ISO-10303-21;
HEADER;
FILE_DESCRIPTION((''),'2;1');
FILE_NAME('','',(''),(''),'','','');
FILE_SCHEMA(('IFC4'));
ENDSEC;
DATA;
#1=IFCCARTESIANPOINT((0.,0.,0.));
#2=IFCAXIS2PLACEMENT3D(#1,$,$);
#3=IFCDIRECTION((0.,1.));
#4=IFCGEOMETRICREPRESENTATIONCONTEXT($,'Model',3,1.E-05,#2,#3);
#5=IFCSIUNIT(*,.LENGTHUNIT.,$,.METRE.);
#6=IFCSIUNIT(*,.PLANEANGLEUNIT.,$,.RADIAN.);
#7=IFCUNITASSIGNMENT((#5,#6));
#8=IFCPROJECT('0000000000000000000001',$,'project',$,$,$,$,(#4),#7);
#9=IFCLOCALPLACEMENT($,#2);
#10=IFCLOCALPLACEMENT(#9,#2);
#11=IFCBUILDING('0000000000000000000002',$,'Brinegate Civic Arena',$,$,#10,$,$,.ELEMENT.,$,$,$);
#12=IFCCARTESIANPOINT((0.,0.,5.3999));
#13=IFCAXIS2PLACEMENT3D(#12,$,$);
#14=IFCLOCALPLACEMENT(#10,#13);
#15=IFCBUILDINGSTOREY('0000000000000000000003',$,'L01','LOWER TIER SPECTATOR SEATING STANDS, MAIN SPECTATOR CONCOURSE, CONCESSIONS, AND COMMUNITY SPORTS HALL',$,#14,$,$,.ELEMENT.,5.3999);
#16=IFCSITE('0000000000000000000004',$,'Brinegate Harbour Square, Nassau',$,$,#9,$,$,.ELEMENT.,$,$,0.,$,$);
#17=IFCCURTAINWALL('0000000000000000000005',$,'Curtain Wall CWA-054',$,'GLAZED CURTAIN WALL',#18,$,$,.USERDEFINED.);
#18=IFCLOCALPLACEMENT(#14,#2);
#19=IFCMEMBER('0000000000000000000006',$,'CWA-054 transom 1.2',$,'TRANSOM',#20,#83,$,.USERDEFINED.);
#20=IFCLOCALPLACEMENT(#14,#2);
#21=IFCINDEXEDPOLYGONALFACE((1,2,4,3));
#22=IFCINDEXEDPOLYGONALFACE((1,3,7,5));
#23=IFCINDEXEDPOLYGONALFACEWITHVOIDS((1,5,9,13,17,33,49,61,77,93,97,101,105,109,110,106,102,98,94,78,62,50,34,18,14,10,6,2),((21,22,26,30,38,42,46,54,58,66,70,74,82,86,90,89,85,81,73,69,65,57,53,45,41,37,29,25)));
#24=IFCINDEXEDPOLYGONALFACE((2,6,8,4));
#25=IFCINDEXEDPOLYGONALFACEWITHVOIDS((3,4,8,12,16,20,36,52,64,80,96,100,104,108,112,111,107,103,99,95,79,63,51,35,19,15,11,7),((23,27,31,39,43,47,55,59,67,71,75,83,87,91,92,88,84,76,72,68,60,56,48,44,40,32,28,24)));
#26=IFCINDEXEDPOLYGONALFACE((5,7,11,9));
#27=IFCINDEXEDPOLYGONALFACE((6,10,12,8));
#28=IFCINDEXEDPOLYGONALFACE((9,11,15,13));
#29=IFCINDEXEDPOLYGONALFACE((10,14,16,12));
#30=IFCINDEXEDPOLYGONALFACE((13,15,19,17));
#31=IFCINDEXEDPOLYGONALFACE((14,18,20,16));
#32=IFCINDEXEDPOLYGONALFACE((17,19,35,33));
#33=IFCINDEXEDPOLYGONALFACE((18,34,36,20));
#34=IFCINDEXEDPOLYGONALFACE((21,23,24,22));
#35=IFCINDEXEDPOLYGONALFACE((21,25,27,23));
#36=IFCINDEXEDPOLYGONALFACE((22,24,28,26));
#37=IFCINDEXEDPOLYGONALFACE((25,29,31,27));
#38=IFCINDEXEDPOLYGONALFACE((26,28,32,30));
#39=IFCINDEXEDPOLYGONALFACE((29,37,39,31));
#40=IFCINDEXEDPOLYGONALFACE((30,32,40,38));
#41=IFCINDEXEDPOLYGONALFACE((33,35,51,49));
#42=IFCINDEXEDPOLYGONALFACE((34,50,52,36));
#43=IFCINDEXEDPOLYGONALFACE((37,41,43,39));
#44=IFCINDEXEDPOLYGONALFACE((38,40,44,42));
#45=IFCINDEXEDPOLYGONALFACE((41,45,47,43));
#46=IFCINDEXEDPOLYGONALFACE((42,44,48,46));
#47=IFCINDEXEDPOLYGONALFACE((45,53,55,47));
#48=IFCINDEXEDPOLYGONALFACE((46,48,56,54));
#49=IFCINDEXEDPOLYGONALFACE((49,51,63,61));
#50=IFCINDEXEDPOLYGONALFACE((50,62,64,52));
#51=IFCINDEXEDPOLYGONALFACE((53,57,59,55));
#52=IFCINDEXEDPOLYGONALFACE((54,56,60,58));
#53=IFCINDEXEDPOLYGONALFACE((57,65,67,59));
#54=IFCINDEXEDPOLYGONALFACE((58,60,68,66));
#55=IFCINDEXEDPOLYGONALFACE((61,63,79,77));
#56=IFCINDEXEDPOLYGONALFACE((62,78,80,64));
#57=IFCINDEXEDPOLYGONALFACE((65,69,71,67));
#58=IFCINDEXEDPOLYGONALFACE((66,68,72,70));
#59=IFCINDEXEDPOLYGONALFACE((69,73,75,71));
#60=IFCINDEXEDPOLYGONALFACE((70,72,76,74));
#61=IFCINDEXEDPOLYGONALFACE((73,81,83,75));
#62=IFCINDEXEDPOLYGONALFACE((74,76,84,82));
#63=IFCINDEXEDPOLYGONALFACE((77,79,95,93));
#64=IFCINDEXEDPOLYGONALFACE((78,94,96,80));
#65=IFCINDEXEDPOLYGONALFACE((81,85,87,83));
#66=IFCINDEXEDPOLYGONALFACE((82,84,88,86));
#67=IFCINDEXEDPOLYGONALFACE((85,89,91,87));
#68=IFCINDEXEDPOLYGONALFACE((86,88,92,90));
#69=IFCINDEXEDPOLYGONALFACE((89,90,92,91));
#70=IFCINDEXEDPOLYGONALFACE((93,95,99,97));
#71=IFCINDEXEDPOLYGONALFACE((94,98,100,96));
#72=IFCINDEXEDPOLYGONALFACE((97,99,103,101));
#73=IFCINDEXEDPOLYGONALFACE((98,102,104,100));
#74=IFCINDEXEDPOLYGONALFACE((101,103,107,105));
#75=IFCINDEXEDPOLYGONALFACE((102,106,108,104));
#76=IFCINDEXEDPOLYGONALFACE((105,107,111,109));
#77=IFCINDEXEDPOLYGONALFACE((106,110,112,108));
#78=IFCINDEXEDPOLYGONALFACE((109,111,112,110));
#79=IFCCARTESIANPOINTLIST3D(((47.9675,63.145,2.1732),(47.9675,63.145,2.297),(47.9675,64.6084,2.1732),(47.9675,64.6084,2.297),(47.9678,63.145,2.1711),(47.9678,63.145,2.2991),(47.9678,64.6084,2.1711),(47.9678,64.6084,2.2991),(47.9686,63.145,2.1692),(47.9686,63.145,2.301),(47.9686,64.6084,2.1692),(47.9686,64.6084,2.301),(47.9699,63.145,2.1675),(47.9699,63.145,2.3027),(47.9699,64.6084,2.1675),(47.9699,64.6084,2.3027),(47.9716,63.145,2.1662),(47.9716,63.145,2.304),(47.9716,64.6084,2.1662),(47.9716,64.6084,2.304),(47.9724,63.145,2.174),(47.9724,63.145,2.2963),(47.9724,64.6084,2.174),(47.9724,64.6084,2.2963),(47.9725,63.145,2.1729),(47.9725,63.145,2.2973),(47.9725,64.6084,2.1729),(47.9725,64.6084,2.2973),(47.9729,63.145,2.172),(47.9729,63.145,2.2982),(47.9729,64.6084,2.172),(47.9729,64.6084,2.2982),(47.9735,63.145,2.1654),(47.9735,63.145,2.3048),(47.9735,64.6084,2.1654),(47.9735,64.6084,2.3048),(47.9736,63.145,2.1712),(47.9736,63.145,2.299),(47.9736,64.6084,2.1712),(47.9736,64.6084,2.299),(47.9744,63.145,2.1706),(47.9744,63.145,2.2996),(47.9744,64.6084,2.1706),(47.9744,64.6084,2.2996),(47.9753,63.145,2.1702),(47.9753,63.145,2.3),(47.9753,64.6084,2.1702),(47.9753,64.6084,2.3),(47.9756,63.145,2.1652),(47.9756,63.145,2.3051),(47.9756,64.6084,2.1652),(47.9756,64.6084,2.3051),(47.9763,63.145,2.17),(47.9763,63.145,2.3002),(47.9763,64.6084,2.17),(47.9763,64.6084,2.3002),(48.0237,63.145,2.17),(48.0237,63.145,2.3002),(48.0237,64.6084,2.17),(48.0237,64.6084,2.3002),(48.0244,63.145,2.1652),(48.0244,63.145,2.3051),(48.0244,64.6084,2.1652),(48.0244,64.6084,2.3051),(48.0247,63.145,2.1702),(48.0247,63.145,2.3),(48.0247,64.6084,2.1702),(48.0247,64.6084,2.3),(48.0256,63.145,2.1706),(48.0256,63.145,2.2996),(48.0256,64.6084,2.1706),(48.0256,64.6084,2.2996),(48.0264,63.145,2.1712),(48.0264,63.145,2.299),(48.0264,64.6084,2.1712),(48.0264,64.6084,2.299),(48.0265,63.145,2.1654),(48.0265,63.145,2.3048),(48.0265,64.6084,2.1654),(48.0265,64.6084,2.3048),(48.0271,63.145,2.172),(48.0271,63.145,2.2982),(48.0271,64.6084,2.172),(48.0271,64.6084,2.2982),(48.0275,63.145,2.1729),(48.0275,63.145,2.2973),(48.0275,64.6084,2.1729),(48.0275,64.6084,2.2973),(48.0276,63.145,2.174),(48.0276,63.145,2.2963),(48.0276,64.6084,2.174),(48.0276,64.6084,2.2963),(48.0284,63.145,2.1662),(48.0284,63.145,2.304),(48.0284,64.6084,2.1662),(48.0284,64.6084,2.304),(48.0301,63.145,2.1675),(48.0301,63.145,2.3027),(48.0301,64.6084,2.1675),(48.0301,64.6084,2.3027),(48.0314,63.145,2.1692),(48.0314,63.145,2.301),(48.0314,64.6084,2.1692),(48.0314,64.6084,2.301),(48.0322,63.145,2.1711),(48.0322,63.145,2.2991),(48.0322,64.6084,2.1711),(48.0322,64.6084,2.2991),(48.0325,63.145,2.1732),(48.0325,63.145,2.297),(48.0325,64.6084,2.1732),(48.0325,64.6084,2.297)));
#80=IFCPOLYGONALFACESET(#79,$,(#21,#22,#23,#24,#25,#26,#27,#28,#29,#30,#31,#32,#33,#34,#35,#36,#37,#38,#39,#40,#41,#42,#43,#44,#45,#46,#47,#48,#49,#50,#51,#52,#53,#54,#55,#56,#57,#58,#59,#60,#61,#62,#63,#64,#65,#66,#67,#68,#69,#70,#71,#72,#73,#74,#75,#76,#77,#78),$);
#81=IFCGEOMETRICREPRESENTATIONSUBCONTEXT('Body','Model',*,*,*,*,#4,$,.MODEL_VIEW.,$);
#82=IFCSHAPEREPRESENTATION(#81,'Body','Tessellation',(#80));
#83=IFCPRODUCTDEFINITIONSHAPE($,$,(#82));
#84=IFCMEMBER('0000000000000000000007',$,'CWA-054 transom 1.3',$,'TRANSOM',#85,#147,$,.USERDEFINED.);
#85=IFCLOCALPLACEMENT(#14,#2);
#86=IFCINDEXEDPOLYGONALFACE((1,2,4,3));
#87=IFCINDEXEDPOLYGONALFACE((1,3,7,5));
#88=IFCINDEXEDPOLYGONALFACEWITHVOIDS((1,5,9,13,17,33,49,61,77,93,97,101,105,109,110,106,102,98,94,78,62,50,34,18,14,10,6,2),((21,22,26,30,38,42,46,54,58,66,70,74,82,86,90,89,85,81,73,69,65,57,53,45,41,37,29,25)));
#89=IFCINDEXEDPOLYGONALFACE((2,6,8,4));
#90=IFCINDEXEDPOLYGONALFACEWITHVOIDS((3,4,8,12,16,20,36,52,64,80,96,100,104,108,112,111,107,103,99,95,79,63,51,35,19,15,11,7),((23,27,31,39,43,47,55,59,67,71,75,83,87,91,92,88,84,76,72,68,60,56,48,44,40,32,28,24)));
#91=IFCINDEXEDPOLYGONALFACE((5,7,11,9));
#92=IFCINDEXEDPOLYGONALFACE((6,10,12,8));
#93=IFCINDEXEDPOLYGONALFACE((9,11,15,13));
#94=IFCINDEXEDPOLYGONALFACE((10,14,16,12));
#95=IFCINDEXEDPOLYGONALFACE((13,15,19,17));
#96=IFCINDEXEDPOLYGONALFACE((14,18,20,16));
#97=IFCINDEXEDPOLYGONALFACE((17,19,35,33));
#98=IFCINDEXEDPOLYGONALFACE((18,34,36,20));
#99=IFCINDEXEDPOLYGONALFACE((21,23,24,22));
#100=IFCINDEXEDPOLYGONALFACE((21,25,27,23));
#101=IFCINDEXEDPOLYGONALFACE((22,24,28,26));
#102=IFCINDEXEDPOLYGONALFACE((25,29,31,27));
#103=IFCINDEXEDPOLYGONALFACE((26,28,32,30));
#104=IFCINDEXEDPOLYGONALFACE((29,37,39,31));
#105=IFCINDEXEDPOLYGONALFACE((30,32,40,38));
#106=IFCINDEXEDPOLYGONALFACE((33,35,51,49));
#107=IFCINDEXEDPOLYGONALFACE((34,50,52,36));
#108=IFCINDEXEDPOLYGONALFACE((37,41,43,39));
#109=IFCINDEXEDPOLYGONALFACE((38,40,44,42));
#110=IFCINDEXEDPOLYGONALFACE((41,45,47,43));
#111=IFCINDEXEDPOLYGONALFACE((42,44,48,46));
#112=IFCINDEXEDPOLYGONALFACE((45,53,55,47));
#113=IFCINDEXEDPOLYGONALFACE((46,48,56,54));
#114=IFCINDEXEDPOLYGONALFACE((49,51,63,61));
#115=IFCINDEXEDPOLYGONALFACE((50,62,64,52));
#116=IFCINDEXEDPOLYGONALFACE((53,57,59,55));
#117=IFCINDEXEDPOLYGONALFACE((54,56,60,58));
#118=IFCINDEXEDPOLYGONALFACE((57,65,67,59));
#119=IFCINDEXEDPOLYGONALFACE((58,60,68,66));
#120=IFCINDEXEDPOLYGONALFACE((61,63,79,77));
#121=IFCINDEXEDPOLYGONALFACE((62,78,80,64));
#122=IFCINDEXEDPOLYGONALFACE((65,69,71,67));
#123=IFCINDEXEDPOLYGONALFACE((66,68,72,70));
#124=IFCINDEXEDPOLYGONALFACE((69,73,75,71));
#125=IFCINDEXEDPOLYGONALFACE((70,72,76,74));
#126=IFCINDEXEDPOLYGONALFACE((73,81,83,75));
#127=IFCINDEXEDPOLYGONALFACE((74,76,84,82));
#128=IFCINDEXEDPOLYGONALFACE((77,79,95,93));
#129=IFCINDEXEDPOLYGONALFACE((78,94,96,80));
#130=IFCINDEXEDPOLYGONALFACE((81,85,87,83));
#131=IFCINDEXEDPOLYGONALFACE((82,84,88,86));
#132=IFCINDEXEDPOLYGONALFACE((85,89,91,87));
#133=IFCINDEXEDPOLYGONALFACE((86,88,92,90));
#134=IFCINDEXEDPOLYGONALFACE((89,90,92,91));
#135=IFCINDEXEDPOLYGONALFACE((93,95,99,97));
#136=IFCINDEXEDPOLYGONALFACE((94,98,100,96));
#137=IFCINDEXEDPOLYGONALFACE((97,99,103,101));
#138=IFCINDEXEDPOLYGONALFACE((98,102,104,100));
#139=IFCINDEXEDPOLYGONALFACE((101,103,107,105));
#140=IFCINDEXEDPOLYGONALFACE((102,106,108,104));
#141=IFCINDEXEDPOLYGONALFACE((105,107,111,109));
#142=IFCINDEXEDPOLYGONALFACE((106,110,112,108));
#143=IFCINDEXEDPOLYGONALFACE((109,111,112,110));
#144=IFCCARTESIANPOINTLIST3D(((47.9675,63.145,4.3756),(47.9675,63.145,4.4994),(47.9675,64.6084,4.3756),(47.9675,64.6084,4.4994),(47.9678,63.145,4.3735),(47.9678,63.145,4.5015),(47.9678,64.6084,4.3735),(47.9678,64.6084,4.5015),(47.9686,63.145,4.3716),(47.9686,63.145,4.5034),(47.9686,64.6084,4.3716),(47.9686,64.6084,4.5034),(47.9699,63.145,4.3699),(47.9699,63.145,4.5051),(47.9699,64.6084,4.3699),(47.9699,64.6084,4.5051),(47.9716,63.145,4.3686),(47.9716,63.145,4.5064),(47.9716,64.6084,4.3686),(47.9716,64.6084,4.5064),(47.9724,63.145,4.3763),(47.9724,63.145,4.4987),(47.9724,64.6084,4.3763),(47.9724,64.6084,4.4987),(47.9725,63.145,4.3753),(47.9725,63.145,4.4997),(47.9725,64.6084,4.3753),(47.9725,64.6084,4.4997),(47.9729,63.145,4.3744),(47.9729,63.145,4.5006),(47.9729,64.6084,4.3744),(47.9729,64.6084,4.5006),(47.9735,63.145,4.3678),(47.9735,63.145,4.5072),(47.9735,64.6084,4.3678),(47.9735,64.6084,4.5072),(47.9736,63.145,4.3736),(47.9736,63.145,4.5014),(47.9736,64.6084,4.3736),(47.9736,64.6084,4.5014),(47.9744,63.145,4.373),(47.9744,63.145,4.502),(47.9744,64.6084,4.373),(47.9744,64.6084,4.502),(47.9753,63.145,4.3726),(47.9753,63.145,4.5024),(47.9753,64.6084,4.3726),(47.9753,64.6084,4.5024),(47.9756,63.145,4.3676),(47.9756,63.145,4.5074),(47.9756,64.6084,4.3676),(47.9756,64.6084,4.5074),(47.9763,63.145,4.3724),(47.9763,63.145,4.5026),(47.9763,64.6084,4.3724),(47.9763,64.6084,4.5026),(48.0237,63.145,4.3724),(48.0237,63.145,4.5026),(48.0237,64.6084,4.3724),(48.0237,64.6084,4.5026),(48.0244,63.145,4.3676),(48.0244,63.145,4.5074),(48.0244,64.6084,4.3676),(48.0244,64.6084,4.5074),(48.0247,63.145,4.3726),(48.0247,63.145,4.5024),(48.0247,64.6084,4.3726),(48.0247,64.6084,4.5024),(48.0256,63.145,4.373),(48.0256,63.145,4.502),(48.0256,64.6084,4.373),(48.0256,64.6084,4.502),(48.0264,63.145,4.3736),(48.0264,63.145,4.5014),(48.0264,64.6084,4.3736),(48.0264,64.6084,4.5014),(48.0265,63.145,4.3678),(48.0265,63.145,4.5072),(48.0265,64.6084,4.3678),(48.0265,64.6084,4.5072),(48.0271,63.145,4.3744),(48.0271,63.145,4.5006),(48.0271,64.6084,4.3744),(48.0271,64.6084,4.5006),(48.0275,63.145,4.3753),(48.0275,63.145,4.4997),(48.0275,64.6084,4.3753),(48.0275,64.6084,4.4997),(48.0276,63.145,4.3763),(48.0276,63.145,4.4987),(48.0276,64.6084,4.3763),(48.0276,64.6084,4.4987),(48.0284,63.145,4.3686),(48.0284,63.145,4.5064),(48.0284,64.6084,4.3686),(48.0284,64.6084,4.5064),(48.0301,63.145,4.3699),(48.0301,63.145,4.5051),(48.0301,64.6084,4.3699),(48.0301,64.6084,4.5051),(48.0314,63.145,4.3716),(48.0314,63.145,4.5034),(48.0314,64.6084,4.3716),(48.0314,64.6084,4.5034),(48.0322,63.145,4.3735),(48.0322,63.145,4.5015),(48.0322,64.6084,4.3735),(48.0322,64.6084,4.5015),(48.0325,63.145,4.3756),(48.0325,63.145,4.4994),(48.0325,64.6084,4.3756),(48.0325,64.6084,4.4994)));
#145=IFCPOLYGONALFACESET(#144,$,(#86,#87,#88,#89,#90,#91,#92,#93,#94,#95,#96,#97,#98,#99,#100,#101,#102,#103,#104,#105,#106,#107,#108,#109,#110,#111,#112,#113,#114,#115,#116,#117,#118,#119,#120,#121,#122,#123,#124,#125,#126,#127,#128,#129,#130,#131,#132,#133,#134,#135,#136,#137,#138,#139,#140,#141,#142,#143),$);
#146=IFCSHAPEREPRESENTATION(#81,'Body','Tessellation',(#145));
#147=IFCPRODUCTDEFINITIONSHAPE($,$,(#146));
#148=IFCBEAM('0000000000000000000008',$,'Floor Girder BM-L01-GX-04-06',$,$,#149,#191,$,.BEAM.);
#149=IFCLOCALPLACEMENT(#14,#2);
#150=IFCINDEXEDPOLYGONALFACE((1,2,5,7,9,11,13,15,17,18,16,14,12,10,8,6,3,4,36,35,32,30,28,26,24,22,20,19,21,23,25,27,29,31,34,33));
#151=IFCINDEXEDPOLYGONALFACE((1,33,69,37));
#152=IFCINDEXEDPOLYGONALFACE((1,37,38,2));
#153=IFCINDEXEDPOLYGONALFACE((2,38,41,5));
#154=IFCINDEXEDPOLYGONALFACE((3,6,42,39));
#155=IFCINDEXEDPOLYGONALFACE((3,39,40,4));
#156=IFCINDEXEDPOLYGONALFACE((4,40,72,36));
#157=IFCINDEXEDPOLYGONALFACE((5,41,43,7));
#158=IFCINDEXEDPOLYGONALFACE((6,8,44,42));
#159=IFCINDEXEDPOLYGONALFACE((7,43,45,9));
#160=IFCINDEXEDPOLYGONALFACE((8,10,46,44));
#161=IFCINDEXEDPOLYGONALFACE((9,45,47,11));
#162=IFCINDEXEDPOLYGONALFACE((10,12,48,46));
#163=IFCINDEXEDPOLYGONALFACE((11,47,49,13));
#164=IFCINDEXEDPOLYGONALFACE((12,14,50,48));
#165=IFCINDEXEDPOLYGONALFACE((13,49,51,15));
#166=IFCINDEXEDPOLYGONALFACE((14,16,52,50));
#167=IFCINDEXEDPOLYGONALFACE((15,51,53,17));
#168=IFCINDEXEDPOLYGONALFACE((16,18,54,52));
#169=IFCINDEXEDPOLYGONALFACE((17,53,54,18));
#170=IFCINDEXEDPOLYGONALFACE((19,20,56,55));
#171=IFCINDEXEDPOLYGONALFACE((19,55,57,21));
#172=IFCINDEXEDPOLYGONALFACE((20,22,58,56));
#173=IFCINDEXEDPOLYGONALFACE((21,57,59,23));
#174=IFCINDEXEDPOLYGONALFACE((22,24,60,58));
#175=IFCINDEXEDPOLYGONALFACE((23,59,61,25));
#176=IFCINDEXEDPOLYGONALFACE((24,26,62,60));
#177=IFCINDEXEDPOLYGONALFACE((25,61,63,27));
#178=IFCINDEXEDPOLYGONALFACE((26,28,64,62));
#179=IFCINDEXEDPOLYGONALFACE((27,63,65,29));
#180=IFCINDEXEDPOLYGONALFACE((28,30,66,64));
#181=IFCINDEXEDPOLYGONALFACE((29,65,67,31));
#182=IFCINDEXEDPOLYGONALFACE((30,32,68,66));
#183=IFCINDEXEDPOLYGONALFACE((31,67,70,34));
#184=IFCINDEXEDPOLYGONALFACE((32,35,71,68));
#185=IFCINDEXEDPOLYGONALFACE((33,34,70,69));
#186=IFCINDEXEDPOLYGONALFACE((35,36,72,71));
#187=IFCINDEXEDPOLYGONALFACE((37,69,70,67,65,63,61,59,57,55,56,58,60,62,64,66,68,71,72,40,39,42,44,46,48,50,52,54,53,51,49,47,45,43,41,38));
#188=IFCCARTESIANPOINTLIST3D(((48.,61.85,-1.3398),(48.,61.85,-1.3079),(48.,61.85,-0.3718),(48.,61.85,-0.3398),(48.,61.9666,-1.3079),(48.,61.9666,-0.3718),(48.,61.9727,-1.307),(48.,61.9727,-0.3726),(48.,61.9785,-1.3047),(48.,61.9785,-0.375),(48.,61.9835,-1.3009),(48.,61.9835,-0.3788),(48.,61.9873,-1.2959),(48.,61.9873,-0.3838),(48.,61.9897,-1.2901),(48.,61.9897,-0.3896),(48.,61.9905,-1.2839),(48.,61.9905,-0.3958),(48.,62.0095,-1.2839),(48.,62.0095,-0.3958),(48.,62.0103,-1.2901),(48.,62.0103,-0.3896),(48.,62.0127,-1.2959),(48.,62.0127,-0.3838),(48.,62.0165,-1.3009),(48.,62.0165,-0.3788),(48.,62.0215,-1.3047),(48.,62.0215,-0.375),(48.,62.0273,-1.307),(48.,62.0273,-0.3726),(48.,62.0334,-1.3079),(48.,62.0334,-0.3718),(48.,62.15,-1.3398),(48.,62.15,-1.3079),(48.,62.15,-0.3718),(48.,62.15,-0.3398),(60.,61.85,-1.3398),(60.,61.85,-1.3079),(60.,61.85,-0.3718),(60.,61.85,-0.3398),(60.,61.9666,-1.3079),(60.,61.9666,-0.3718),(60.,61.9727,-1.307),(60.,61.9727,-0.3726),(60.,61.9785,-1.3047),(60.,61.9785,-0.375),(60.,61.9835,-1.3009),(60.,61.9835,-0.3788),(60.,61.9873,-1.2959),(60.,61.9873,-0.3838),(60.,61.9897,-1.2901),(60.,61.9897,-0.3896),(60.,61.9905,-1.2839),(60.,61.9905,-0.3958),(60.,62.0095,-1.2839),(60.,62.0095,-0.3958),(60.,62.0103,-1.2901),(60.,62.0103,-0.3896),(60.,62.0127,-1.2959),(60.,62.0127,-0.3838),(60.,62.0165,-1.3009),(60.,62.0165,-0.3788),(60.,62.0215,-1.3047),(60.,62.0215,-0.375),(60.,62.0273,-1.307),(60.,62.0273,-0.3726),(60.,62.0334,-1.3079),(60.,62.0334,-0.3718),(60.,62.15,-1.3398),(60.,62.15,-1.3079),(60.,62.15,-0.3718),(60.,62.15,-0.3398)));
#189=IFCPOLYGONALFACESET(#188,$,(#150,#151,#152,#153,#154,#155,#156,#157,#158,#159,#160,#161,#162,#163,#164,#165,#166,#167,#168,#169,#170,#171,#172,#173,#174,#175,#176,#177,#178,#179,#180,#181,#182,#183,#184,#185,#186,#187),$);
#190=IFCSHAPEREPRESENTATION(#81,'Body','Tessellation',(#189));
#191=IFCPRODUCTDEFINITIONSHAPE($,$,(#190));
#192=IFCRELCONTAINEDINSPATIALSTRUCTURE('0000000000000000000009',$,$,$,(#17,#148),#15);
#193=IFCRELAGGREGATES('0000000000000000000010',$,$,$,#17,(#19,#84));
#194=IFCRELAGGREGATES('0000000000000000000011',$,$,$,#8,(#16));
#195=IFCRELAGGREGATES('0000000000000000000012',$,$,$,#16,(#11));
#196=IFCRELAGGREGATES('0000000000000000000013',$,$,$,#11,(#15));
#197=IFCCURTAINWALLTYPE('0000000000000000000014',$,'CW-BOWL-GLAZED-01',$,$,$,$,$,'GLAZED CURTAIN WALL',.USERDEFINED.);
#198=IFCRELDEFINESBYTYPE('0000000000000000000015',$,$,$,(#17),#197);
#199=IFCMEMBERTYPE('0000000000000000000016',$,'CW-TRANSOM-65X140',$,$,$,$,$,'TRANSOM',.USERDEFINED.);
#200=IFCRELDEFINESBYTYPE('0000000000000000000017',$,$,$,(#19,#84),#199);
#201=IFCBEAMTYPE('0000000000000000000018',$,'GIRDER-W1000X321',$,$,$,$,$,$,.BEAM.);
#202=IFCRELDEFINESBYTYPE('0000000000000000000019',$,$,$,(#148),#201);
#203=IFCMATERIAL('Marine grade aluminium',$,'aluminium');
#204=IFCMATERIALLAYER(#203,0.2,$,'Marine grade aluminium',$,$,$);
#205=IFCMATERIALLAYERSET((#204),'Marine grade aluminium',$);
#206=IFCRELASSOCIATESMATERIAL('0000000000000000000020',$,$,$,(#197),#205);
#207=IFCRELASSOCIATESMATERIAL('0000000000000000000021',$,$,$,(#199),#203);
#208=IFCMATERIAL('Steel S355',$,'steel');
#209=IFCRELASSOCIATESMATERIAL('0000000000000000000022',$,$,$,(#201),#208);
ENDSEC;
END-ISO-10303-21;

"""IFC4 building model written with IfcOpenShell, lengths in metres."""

from ifc_helpers import new_model, si_unit, direction, frame, origin, origin_2d, place, context, subcontext, project, spatial, hollow_rectangle, i_section, extrude, material, layer, layer_set, material_profile, profile_set, type_object, element, aggregate, save


model = new_model("IFC4")

# Units and contexts
model_context = context("Model", 3, precision=1e-05, world=origin(), true_north=direction((0.0, 1.0)))
body_context = subcontext(model_context, "Body", "Model", "MODEL_VIEW")
ifc_project = project(units=[si_unit("LENGTHUNIT", "METRE"), si_unit("PLANEANGLEUNIT", "RADIAN")], contexts=[model_context])

# Site, building, storey
site_placement = place(None, origin())
site = spatial("IfcSite", under=ifc_project, at=site_placement, Name="Brinegate Harbour Square, Nassau", CompositionType="ELEMENT", RefElevation=0.0)
building_placement = place(site_placement, origin())
building = spatial("IfcBuilding", under=site, at=building_placement, Name="Brinegate Civic Arena", CompositionType="ELEMENT")
storey_placement = place(building_placement, frame((0.0, 0.0, 5.3999)))
storey = spatial("IfcBuildingStorey", under=building, at=storey_placement, Name="L01", Description="LOWER TIER SPECTATOR SEATING STANDS, MAIN SPECTATOR CONCOURSE, CONCESSIONS, AND COMMUNITY SPORTS HALL", CompositionType="ELEMENT", Elevation=5.3999)

# Shared definitions
ifc_material_1 = material(Name="Steel S355", Category="steel")

# Curtain wall
ifc_material_2 = material(Name="Marine grade aluminium", Category="aluminium")
ifc_layer_1 = layer(ifc_material_2, 0.2, Name="Marine grade aluminium")
ifc_layer_set_1 = layer_set([ifc_layer_1], Name="Marine grade aluminium")
curtain_wall_type_1 = type_object("IfcCurtainWallType", Name="CW-BOWL-GLAZED-01", ElementType="GLAZED CURTAIN WALL", PredefinedType="USERDEFINED", material=ifc_layer_set_1)
curtain_wall_1_placement = place(storey_placement, origin())
curtain_wall_1 = element("IfcCurtainWall", 1, at=curtain_wall_1_placement, inside=storey, type_object=curtain_wall_type_1, Name="Curtain Wall CWA-054", ObjectType="GLAZED CURTAIN WALL", PredefinedType="USERDEFINED")

# Members
ifc_material_profile_1 = material_profile(ifc_material_2, hollow_rectangle(XDim=0.0649, YDim=0.1399, WallThickness=0.0049, InnerFilletRadius=0.0039, OuterFilletRadius=0.0081, at=origin_2d()), Name="TRN65X140")
ifc_profile_set_1 = profile_set([ifc_material_profile_1], Name="Marine grade aluminium")
member_type_1 = type_object("IfcMemberType", Name="CW-TRANSOM-65X140", ElementType="TRANSOM", PredefinedType="USERDEFINED", material=ifc_profile_set_1)
member_1_placement = place(storey_placement, frame((48.0, 63.145, 2.2351), z_axis=(0.0, 1.0, 0.0), x_axis=(-1.0, 0.0, 0.0)))
member_1 = element("IfcMember", 2, at=member_1_placement, type_object=member_type_1, Name="CWA-054 transom 1.2", ObjectType="TRANSOM", PredefinedType="USERDEFINED", context=body_context, shape_type="SweptSolid", body=[
    extrude(hollow_rectangle(XDim=0.0649, YDim=0.1399, WallThickness=0.0049, InnerFilletRadius=0.0039, OuterFilletRadius=0.0081, at=origin_2d()), origin(), (0.0, 0.0, 1.0), 1.4634),
])
member_2_placement = place(storey_placement, frame((48.0, 63.145, 4.4375), z_axis=(0.0, 1.0, 0.0), x_axis=(-1.0, 0.0, 0.0)))
member_2 = element("IfcMember", 3, at=member_2_placement, type_object=member_type_1, Name="CWA-054 transom 1.3", ObjectType="TRANSOM", PredefinedType="USERDEFINED", context=body_context, shape_type="SweptSolid", body=[
    extrude(hollow_rectangle(XDim=0.0649, YDim=0.1399, WallThickness=0.0049, InnerFilletRadius=0.0039, OuterFilletRadius=0.0081, at=origin_2d()), origin(), (0.0, 0.0, 1.0), 1.4634),
])

# Beam
ifc_material_profile_2 = material_profile(ifc_material_1, i_section(OverallWidth=0.3, OverallDepth=1.0, WebThickness=0.019, FlangeThickness=0.032, FilletRadius=0.0239, at=origin_2d()), Name="W1000X321")
ifc_profile_set_2 = profile_set([ifc_material_profile_2], Name="Steel S355")
beam_type_1 = type_object("IfcBeamType", Name="GIRDER-W1000X321", PredefinedType="BEAM", material=ifc_profile_set_2)
for number, where, z_axis, x_axis, name in (
    (4, (48.0, 62.0, -0.8398), (1.0, 0.0, 0.0), (0.0, 1.0, 0.0), "Floor Girder BM-L01-GX-04-06"),
):
    element("IfcBeam", number, at=place(storey_placement, frame(where, z_axis=z_axis, x_axis=x_axis)), inside=storey, type_object=beam_type_1, Name=name, PredefinedType="BEAM", context=body_context, shape_type="SweptSolid", body=[
        extrude(i_section(OverallWidth=0.3, OverallDepth=1.0, WebThickness=0.019, FlangeThickness=0.032, FilletRadius=0.0239, at=origin_2d()), origin(), (0.0, 0.0, 1.0), 12.0),
    ])

aggregate(curtain_wall_1, [member_1, member_2])

save(model, "model.ifc")
